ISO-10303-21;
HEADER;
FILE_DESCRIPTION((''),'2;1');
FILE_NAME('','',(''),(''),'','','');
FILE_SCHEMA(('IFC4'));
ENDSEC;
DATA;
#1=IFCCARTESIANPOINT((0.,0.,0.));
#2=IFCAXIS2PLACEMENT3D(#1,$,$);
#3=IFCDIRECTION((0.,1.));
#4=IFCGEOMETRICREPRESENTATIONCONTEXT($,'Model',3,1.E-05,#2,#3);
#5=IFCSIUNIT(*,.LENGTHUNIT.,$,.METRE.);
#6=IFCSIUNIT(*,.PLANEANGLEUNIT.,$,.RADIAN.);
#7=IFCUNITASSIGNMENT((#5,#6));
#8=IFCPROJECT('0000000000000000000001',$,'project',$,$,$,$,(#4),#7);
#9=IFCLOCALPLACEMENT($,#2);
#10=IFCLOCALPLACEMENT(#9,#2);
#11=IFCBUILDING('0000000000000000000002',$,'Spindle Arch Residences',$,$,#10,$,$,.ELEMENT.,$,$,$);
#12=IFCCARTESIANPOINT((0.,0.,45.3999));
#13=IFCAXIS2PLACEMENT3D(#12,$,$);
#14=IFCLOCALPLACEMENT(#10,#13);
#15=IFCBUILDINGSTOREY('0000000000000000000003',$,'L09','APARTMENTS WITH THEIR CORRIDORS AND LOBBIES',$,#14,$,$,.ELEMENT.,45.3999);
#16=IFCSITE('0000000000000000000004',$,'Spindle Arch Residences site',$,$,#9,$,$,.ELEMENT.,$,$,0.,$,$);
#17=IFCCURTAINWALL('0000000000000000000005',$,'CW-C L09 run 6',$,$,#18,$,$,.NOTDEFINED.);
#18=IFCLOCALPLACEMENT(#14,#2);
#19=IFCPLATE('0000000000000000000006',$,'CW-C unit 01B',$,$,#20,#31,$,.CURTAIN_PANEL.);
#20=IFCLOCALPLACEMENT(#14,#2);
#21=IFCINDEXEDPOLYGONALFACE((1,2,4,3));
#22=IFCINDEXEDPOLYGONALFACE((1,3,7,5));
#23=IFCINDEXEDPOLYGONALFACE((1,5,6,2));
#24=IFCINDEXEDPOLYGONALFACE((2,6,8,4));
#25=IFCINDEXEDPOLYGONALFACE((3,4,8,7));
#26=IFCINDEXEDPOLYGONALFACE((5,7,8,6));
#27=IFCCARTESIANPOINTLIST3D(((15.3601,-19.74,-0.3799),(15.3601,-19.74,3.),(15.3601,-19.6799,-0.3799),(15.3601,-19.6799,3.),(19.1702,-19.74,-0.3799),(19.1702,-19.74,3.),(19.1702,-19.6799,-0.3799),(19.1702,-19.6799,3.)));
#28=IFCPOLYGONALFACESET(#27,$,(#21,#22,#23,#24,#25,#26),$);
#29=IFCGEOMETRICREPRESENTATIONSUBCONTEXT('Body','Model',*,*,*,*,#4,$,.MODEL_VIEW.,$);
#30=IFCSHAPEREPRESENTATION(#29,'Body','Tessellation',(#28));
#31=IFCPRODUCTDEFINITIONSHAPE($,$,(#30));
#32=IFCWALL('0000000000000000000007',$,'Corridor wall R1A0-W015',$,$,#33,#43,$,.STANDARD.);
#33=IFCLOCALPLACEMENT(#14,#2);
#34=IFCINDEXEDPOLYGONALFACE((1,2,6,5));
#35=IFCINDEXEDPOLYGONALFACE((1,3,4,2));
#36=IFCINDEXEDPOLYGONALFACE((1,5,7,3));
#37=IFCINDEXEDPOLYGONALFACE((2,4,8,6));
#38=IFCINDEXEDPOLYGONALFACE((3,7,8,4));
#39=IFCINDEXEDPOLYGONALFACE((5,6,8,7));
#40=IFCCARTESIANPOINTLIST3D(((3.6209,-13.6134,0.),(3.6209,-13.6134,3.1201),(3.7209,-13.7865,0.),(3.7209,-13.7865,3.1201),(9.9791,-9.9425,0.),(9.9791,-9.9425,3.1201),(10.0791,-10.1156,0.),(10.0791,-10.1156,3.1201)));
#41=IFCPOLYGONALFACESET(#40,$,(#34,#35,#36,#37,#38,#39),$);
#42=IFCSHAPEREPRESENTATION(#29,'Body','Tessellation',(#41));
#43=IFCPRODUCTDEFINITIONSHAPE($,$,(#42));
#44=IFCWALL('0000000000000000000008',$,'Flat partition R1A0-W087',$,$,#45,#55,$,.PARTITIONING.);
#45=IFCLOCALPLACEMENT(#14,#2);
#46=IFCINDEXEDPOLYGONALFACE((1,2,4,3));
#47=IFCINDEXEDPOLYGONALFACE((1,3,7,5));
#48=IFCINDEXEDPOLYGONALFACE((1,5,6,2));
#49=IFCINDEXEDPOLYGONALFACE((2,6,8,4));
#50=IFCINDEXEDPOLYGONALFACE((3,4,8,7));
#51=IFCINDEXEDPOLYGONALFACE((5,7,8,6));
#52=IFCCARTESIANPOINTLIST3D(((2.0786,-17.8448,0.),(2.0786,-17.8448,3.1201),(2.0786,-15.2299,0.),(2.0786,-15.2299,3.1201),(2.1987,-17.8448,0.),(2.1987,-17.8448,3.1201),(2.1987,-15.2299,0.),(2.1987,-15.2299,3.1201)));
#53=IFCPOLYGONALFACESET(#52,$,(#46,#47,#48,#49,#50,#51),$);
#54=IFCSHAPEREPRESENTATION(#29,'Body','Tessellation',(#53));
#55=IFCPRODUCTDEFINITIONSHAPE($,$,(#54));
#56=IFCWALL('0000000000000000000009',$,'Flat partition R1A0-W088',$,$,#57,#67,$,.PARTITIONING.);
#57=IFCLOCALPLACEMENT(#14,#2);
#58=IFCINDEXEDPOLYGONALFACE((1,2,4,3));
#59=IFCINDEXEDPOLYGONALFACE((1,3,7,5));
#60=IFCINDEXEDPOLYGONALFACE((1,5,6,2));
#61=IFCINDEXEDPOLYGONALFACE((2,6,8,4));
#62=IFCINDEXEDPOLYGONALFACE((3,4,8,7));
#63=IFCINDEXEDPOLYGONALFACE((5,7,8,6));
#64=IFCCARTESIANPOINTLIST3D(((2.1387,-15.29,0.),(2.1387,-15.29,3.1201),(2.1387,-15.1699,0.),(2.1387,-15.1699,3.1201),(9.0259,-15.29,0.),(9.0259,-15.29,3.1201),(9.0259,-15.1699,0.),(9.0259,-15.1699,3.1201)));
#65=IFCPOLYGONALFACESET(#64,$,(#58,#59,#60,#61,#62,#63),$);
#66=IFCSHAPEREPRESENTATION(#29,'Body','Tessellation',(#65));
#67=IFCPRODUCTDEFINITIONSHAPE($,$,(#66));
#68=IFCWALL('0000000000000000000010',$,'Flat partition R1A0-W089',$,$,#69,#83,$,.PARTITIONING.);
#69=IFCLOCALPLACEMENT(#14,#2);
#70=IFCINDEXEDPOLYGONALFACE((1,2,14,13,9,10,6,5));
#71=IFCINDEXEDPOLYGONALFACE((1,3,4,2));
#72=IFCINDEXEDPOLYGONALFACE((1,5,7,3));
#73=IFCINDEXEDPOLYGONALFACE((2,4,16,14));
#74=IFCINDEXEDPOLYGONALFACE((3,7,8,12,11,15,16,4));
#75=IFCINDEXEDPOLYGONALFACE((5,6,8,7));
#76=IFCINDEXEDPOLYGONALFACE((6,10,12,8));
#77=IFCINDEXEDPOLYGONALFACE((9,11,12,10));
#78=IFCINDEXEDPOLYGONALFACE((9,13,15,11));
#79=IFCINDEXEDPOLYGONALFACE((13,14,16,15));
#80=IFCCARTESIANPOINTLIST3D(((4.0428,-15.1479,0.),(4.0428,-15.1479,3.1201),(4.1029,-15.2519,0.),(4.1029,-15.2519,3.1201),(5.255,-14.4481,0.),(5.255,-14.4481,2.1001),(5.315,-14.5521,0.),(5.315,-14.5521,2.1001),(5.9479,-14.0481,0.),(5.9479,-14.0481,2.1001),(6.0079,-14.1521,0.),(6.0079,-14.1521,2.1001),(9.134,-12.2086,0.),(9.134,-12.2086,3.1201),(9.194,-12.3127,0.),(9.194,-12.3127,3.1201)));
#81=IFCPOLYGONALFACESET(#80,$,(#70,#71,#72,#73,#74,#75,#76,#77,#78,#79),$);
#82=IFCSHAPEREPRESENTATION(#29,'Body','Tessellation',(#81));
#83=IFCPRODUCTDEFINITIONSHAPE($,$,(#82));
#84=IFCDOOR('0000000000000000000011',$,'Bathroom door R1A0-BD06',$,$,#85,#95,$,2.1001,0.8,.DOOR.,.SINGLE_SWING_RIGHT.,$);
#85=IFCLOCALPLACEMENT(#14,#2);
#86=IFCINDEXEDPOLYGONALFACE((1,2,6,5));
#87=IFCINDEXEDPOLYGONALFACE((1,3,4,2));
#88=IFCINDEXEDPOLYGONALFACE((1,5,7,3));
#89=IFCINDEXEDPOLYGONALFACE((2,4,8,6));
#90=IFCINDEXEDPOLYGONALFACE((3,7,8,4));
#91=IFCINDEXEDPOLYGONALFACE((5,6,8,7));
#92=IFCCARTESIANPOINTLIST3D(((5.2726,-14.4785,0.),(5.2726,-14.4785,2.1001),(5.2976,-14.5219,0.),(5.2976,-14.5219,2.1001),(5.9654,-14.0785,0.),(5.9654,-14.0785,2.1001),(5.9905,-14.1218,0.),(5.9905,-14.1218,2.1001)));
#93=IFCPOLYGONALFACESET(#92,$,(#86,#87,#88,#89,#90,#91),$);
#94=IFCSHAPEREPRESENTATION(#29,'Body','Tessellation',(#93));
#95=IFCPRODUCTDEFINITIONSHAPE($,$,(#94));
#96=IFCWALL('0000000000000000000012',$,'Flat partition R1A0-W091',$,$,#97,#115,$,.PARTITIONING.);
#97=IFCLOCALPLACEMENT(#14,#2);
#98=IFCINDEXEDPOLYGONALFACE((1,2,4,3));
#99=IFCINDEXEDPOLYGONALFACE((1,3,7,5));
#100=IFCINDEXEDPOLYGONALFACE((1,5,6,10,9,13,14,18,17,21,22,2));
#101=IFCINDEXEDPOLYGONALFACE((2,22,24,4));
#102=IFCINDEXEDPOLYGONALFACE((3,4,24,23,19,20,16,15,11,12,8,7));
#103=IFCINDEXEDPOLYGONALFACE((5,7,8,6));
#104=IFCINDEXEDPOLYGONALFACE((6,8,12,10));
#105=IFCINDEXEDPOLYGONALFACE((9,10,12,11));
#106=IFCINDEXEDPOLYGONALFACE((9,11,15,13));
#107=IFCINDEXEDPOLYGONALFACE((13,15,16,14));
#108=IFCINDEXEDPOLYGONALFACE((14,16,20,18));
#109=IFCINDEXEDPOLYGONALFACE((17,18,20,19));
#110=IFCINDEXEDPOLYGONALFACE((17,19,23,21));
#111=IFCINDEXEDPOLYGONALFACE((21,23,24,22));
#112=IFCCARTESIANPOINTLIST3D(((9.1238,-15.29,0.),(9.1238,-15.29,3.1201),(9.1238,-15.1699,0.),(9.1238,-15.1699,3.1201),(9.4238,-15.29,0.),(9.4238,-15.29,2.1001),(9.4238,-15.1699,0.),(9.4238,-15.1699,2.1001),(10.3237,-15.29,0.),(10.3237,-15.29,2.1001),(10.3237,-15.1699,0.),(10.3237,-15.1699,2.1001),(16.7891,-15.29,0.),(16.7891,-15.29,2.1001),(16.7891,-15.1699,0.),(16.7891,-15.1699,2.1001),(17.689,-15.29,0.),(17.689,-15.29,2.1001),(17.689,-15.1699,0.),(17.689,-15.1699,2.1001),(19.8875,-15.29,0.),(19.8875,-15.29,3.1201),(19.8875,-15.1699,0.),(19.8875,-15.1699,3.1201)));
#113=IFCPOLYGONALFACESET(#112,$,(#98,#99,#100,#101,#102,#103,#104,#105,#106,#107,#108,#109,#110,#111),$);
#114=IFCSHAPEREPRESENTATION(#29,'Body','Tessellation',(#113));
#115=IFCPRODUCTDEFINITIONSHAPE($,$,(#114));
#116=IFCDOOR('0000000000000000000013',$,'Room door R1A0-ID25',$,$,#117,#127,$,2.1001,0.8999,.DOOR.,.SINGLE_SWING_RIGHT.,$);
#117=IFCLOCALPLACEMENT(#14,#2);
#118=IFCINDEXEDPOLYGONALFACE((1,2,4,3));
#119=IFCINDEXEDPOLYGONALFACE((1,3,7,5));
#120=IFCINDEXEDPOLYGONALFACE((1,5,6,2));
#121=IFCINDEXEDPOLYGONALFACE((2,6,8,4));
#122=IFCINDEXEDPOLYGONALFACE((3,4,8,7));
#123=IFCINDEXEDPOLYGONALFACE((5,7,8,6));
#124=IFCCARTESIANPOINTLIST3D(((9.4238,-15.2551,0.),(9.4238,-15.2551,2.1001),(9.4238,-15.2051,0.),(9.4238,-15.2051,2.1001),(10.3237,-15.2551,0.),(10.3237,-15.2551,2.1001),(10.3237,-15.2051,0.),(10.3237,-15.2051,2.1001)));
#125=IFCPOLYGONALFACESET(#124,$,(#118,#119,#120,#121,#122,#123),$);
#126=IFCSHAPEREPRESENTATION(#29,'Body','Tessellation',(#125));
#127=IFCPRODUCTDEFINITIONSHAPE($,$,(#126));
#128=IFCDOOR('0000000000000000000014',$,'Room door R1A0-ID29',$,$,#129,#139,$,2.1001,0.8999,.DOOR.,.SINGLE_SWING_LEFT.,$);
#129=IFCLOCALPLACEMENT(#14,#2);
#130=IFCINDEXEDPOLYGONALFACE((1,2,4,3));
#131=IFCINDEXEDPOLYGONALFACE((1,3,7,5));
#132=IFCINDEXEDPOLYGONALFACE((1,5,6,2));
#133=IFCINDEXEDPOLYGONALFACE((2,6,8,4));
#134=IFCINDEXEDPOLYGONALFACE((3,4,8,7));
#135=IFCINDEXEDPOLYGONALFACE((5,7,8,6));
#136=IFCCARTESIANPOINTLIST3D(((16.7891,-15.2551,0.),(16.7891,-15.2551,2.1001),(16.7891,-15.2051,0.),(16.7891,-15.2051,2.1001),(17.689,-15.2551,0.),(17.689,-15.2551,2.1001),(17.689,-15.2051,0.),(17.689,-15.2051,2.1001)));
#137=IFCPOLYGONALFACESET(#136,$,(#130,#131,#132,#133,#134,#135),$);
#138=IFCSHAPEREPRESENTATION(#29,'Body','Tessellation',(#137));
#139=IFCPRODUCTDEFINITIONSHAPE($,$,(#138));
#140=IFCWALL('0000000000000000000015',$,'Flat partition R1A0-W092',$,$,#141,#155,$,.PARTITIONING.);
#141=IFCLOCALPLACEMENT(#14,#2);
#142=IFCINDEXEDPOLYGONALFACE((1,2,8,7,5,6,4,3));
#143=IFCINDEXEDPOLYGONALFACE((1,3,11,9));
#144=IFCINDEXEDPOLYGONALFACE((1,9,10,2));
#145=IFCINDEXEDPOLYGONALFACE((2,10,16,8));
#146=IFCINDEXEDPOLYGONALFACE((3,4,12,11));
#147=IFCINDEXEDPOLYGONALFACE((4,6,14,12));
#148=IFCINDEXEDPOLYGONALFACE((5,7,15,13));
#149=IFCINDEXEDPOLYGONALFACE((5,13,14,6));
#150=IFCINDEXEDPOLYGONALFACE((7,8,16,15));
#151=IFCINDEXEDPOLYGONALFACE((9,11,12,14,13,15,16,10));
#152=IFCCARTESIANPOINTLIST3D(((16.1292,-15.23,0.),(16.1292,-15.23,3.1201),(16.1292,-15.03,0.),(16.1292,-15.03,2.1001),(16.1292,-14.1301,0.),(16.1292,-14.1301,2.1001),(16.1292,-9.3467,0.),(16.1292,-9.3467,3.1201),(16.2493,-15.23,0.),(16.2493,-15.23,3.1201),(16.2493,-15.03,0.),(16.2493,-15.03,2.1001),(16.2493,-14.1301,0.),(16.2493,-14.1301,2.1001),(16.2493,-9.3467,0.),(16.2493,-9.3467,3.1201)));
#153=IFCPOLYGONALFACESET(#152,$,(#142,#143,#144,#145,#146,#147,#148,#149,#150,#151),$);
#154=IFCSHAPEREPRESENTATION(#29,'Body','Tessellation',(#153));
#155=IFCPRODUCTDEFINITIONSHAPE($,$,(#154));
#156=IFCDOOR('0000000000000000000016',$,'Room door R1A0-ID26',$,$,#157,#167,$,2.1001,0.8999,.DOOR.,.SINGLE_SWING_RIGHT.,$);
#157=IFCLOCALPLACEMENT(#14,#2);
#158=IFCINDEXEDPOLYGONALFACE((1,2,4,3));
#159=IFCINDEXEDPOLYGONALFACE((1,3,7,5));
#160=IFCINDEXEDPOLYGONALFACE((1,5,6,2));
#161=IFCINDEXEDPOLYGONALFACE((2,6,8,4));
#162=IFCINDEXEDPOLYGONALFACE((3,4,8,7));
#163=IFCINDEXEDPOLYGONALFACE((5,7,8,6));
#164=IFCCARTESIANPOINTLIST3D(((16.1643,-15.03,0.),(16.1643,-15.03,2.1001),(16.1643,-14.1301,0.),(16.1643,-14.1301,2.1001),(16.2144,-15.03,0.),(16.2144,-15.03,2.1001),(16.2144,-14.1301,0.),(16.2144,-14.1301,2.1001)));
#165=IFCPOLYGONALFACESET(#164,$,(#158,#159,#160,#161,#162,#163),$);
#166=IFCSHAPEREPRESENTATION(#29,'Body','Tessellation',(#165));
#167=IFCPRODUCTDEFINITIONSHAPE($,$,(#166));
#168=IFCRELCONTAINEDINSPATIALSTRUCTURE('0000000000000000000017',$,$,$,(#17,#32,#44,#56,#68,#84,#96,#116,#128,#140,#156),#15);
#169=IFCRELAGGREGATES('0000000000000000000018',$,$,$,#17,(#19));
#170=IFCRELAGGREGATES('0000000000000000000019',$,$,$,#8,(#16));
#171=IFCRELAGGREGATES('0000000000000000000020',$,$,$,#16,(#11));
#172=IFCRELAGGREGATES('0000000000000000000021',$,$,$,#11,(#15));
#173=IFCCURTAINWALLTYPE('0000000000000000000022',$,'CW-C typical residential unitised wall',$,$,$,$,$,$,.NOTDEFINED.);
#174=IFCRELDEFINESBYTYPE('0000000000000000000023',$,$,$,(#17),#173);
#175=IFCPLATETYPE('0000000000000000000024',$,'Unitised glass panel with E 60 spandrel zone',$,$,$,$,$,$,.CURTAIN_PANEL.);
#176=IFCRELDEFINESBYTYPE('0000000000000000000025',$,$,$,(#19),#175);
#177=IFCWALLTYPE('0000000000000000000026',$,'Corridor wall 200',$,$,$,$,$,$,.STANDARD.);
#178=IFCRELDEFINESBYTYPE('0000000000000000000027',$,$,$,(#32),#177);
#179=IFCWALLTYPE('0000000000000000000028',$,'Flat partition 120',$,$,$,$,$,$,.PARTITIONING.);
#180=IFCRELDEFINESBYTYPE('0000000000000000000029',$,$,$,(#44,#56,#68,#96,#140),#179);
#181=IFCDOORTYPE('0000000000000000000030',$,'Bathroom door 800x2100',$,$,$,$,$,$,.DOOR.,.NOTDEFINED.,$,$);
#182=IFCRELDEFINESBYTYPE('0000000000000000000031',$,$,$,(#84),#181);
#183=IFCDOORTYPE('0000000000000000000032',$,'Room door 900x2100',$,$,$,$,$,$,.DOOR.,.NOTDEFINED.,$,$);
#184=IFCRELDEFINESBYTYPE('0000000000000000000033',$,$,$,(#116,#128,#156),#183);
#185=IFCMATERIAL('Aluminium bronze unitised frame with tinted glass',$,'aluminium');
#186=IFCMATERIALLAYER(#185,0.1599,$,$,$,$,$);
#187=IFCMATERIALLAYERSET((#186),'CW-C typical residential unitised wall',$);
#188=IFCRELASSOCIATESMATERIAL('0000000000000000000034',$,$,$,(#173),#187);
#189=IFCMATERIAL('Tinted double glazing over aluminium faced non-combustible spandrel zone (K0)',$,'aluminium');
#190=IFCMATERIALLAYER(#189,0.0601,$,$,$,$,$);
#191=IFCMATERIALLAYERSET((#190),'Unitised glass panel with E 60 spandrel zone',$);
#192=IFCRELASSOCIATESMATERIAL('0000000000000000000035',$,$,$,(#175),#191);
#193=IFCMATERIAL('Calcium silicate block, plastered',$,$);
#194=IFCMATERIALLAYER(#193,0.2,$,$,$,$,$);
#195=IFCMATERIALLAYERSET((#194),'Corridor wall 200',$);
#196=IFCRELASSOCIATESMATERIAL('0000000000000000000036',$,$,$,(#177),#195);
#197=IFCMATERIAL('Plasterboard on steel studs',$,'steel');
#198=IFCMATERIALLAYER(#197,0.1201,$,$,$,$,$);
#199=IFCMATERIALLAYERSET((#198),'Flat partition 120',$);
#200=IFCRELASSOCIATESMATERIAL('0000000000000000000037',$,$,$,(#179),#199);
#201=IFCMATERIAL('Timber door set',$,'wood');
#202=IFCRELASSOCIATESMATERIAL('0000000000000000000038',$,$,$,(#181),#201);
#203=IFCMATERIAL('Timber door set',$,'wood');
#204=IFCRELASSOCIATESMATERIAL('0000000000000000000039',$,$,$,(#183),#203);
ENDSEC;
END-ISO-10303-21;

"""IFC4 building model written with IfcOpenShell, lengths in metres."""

from ifc_helpers import new_model, si_unit, direction, frame, frame_2d, origin, origin_2d, place, context, subcontext, project, spatial, rectangle, extrude, material, layer, layer_set, type_object, element, fill, aggregate, save


model = new_model("IFC4")

# Units and contexts
model_context = context("Model", 3, precision=1e-05, world=origin(), true_north=direction((0.0, 1.0)))
body_context = subcontext(model_context, "Body", "Model", "MODEL_VIEW")
ifc_project = project(units=[si_unit("LENGTHUNIT", "METRE"), si_unit("PLANEANGLEUNIT", "RADIAN")], contexts=[model_context])

# Site, building, storey
site_placement = place(None, origin())
site = spatial("IfcSite", under=ifc_project, at=site_placement, Name="Spindle Arch Residences site", CompositionType="ELEMENT", RefElevation=0.0)
building_placement = place(site_placement, origin())
building = spatial("IfcBuilding", under=site, at=building_placement, Name="Spindle Arch Residences", CompositionType="ELEMENT")
storey_placement = place(building_placement, frame((0.0, 0.0, 45.3999)))
storey = spatial("IfcBuildingStorey", under=building, at=storey_placement, Name="L09", Description="APARTMENTS WITH THEIR CORRIDORS AND LOBBIES", CompositionType="ELEMENT", Elevation=45.3999)

# Curtain wall
ifc_material_1 = material(Name="Aluminium bronze unitised frame with tinted glass", Category="aluminium")
ifc_layer_1 = layer(ifc_material_1, 0.1599)
ifc_layer_set_1 = layer_set([ifc_layer_1], Name="CW-C typical residential unitised wall")
curtain_wall_type = type_object("IfcCurtainWallType", Name="CW-C typical residential unitised wall", PredefinedType="NOTDEFINED", material=ifc_layer_set_1)
curtain_wall_placement = place(storey_placement, origin())
curtain_wall = element("IfcCurtainWall", 1, at=curtain_wall_placement, inside=storey, type_object=curtain_wall_type, Name="CW-C L09 run 6", PredefinedType="NOTDEFINED")

# Plate
ifc_material_2 = material(Name="Tinted double glazing over aluminium faced non-combustible spandrel zone (K0)", Category="aluminium")
ifc_layer_2 = layer(ifc_material_2, 0.0601)
ifc_layer_set_2 = layer_set([ifc_layer_2], Name="Unitised glass panel with E 60 spandrel zone")
plate_type = type_object("IfcPlateType", Name="Unitised glass panel with E 60 spandrel zone", PredefinedType="CURTAIN_PANEL", material=ifc_layer_set_2)
plate_1_placement = place(storey_placement, frame((17.2651, -19.71, -0.3799), z_axis=(0.0, 0.0, 1.0), x_axis=(1.0, 0.0, 0.0)))
plate_1 = element("IfcPlate", 2, at=plate_1_placement, type_object=plate_type, Name="CW-C unit 01B", PredefinedType="CURTAIN_PANEL", context=body_context, shape_type="SweptSolid", body=[
    extrude(rectangle(XDim=3.8101, YDim=0.0601, at=origin_2d()), origin(), (0.0, 0.0, 1.0), 3.3799),
])
aggregate(curtain_wall, [plate_1])

# Walls
ifc_material_3 = material(Name="Calcium silicate block, plastered")
ifc_layer_3 = layer(ifc_material_3, 0.2)
ifc_layer_set_3 = layer_set([ifc_layer_3], Name="Corridor wall 200")
wall_type_1 = type_object("IfcWallType", Name="Corridor wall 200", PredefinedType="STANDARD", material=ifc_layer_set_3)
wall_1_placement = place(storey_placement, frame((3.6709, -13.7, 0.0), z_axis=(0.0, 0.0, 1.0), x_axis=(0.866024, 0.500002, 0.0)))
element("IfcWall", 3, at=wall_1_placement, inside=storey, type_object=wall_type_1, Name="Corridor wall R1A0-W015", PredefinedType="STANDARD", context=body_context, shape_type="SweptSolid", body=[
    extrude(rectangle(XDim=7.3418, YDim=0.2, at=frame_2d((3.6709, 0.0))), origin(), (0.0, 0.0, 1.0), 3.1201),
])
ifc_material_4 = material(Name="Plasterboard on steel studs", Category="steel")
ifc_layer_4 = layer(ifc_material_4, 0.1201)
ifc_layer_set_4 = layer_set([ifc_layer_4], Name="Flat partition 120")
wall_type_2 = type_object("IfcWallType", Name="Flat partition 120", PredefinedType="PARTITIONING", material=ifc_layer_set_4)
wall_2_placement = place(storey_placement, frame((2.1387, -17.845, 0.0), z_axis=(0.0, 0.0, 1.0), x_axis=(0.0, 1.0, 0.0)))
element("IfcWall", 4, at=wall_2_placement, inside=storey, type_object=wall_type_2, Name="Flat partition R1A0-W087", PredefinedType="PARTITIONING", context=body_context, shape_type="SweptSolid", body=[
    extrude(rectangle(XDim=2.615, YDim=0.1201, at=frame_2d((1.3076, 0.0))), origin(), (0.0, 0.0, 1.0), 3.1201),
])
wall_3_placement = place(storey_placement, frame((2.1387, -15.23, 0.0), z_axis=(0.0, 0.0, 1.0), x_axis=(1.0, 0.0, 0.0)))
element("IfcWall", 5, at=wall_3_placement, inside=storey, type_object=wall_type_2, Name="Flat partition R1A0-W088", PredefinedType="PARTITIONING", context=body_context, shape_type="SweptSolid", body=[
    extrude(rectangle(XDim=6.8872, YDim=0.1201, at=frame_2d((3.4436, 0.0))), origin(), (0.0, 0.0, 1.0), 3.1201),
])

# Wall, opening, door
wall_4_placement = place(storey_placement, frame((4.0728, -15.2, 0.0), z_axis=(0.0, 0.0, 1.0), x_axis=(0.866034, 0.499985, 0.0)))
wall_4 = element("IfcWall", 6, at=wall_4_placement, inside=storey, type_object=wall_type_2, Name="Flat partition R1A0-W089", PredefinedType="PARTITIONING", context=body_context, shape_type="SweptSolid", body=[
    extrude(rectangle(XDim=5.8787, YDim=0.1201, at=frame_2d((2.9395, 0.0))), origin(), (0.0, 0.0, 1.0), 3.1201),
])
opening_1_placement = place(wall_4_placement, frame((1.3999, 0.0, 0.0)))
opening_1 = element("IfcOpeningElement", 7, at=opening_1_placement, cuts=wall_4, PredefinedType="OPENING", context=body_context, shape_type="SweptSolid", body=[
    extrude(rectangle(XDim=0.8, YDim=2.1001, at=frame_2d((0.3999, 1.05))), frame((0.0, 0.0701, 0.0), z_axis=(0.0, -1.0, 0.0), x_axis=(1.0, 0.0, 0.0)), (0.0, 0.0, 1.0), 0.1401),
])
ifc_material_5 = material(Name="Timber door set", Category="wood")
door_type_1 = type_object("IfcDoorType", Name="Bathroom door 800x2100", OperationType="NOTDEFINED", PredefinedType="DOOR", material=ifc_material_5)
door_1_placement = place(opening_1_placement, origin())
door_1 = element("IfcDoor", 8, at=door_1_placement, inside=storey, type_object=door_type_1, Name="Bathroom door R1A0-BD06", OperationType="SINGLE_SWING_RIGHT", OverallHeight=2.1001, OverallWidth=0.8, PredefinedType="DOOR", context=body_context, shape_type="SweptSolid", body=[
    extrude(rectangle(XDim=0.8, YDim=2.1001, at=frame_2d((0.3999, 1.05))), frame((0.0, 0.0249, 0.0), z_axis=(0.0, -1.0, 0.0), x_axis=(1.0, 0.0, 0.0)), (0.0, 0.0, 1.0), 0.05),
])
fill(opening_1, door_1)

# Wall, openings, doors
wall_5_placement = place(storey_placement, frame((9.1238, -15.23, 0.0), z_axis=(0.0, 0.0, 1.0), x_axis=(1.0, 0.0, 0.0)))
wall_5 = element("IfcWall", 9, at=wall_5_placement, inside=storey, type_object=wall_type_2, Name="Flat partition R1A0-W091", PredefinedType="PARTITIONING", context=body_context, shape_type="SweptSolid", body=[
    extrude(rectangle(XDim=10.7637, YDim=0.1201, at=frame_2d((5.3818, 0.0))), origin(), (0.0, 0.0, 1.0), 3.1201),
])
opening_2_placement = place(wall_5_placement, frame((0.3, 0.0, 0.0)))
opening_2 = element("IfcOpeningElement", 10, at=opening_2_placement, cuts=wall_5, PredefinedType="OPENING", context=body_context, shape_type="SweptSolid", body=[
    extrude(rectangle(XDim=0.8999, YDim=2.1001, at=frame_2d((0.45, 1.05))), frame((0.0, 0.0701, 0.0), z_axis=(0.0, -1.0, 0.0), x_axis=(1.0, 0.0, 0.0)), (0.0, 0.0, 1.0), 0.1401),
])
opening_3_placement = place(wall_5_placement, frame((7.6653, 0.0, 0.0)))
opening_3 = element("IfcOpeningElement", 11, at=opening_3_placement, cuts=wall_5, PredefinedType="OPENING", context=body_context, shape_type="SweptSolid", body=[
    extrude(rectangle(XDim=0.8999, YDim=2.1001, at=frame_2d((0.45, 1.05))), frame((0.0, 0.0701, 0.0), z_axis=(0.0, -1.0, 0.0), x_axis=(1.0, 0.0, 0.0)), (0.0, 0.0, 1.0), 0.1401),
])
ifc_material_6 = material(Name="Timber door set", Category="wood")
door_type_2 = type_object("IfcDoorType", Name="Room door 900x2100", OperationType="NOTDEFINED", PredefinedType="DOOR", material=ifc_material_6)
door_2_placement = place(opening_2_placement, origin())
door_2 = element("IfcDoor", 12, at=door_2_placement, inside=storey, type_object=door_type_2, Name="Room door R1A0-ID25", OperationType="SINGLE_SWING_RIGHT", OverallHeight=2.1001, OverallWidth=0.8999, PredefinedType="DOOR", context=body_context, shape_type="SweptSolid", body=[
    extrude(rectangle(XDim=0.8999, YDim=2.1001, at=frame_2d((0.45, 1.05))), frame((0.0, 0.0249, 0.0), z_axis=(0.0, -1.0, 0.0), x_axis=(1.0, 0.0, 0.0)), (0.0, 0.0, 1.0), 0.05),
])
fill(opening_2, door_2)
door_3_placement = place(opening_3_placement, origin())
door_3 = element("IfcDoor", 13, at=door_3_placement, inside=storey, type_object=door_type_2, Name="Room door R1A0-ID29", OperationType="SINGLE_SWING_LEFT", OverallHeight=2.1001, OverallWidth=0.8999, PredefinedType="DOOR", context=body_context, shape_type="SweptSolid", body=[
    extrude(rectangle(XDim=0.8999, YDim=2.1001, at=frame_2d((0.45, 1.05))), frame((0.0, 0.0249, 0.0), z_axis=(0.0, -1.0, 0.0), x_axis=(1.0, 0.0, 0.0)), (0.0, 0.0, 1.0), 0.05),
])
fill(opening_3, door_3)

# Wall, opening, door
wall_6_placement = place(storey_placement, frame((16.1892, -15.23, 0.0), z_axis=(0.0, 0.0, 1.0), x_axis=(0.0, 1.0, 0.0)))
wall_6 = element("IfcWall", 14, at=wall_6_placement, inside=storey, type_object=wall_type_2, Name="Flat partition R1A0-W092", PredefinedType="PARTITIONING", context=body_context, shape_type="SweptSolid", body=[
    extrude(rectangle(XDim=5.8833, YDim=0.1201, at=frame_2d((2.9417, 0.0))), origin(), (0.0, 0.0, 1.0), 3.1201),
])
opening_4_placement = place(wall_6_placement, frame((0.2, 0.0, 0.0)))
opening_4 = element("IfcOpeningElement", 15, at=opening_4_placement, cuts=wall_6, PredefinedType="OPENING", context=body_context, shape_type="SweptSolid", body=[
    extrude(rectangle(XDim=0.8999, YDim=2.1001, at=frame_2d((0.45, 1.05))), frame((0.0, 0.0701, 0.0), z_axis=(0.0, -1.0, 0.0), x_axis=(1.0, 0.0, 0.0)), (0.0, 0.0, 1.0), 0.1401),
])
door_4_placement = place(opening_4_placement, origin())
door_4 = element("IfcDoor", 16, at=door_4_placement, inside=storey, type_object=door_type_2, Name="Room door R1A0-ID26", OperationType="SINGLE_SWING_RIGHT", OverallHeight=2.1001, OverallWidth=0.8999, PredefinedType="DOOR", context=body_context, shape_type="SweptSolid", body=[
    extrude(rectangle(XDim=0.8999, YDim=2.1001, at=frame_2d((0.45, 1.05))), frame((0.0, 0.0249, 0.0), z_axis=(0.0, -1.0, 0.0), x_axis=(1.0, 0.0, 0.0)), (0.0, 0.0, 1.0), 0.05),
])
fill(opening_4, door_4)

save(model, "model.ifc")
